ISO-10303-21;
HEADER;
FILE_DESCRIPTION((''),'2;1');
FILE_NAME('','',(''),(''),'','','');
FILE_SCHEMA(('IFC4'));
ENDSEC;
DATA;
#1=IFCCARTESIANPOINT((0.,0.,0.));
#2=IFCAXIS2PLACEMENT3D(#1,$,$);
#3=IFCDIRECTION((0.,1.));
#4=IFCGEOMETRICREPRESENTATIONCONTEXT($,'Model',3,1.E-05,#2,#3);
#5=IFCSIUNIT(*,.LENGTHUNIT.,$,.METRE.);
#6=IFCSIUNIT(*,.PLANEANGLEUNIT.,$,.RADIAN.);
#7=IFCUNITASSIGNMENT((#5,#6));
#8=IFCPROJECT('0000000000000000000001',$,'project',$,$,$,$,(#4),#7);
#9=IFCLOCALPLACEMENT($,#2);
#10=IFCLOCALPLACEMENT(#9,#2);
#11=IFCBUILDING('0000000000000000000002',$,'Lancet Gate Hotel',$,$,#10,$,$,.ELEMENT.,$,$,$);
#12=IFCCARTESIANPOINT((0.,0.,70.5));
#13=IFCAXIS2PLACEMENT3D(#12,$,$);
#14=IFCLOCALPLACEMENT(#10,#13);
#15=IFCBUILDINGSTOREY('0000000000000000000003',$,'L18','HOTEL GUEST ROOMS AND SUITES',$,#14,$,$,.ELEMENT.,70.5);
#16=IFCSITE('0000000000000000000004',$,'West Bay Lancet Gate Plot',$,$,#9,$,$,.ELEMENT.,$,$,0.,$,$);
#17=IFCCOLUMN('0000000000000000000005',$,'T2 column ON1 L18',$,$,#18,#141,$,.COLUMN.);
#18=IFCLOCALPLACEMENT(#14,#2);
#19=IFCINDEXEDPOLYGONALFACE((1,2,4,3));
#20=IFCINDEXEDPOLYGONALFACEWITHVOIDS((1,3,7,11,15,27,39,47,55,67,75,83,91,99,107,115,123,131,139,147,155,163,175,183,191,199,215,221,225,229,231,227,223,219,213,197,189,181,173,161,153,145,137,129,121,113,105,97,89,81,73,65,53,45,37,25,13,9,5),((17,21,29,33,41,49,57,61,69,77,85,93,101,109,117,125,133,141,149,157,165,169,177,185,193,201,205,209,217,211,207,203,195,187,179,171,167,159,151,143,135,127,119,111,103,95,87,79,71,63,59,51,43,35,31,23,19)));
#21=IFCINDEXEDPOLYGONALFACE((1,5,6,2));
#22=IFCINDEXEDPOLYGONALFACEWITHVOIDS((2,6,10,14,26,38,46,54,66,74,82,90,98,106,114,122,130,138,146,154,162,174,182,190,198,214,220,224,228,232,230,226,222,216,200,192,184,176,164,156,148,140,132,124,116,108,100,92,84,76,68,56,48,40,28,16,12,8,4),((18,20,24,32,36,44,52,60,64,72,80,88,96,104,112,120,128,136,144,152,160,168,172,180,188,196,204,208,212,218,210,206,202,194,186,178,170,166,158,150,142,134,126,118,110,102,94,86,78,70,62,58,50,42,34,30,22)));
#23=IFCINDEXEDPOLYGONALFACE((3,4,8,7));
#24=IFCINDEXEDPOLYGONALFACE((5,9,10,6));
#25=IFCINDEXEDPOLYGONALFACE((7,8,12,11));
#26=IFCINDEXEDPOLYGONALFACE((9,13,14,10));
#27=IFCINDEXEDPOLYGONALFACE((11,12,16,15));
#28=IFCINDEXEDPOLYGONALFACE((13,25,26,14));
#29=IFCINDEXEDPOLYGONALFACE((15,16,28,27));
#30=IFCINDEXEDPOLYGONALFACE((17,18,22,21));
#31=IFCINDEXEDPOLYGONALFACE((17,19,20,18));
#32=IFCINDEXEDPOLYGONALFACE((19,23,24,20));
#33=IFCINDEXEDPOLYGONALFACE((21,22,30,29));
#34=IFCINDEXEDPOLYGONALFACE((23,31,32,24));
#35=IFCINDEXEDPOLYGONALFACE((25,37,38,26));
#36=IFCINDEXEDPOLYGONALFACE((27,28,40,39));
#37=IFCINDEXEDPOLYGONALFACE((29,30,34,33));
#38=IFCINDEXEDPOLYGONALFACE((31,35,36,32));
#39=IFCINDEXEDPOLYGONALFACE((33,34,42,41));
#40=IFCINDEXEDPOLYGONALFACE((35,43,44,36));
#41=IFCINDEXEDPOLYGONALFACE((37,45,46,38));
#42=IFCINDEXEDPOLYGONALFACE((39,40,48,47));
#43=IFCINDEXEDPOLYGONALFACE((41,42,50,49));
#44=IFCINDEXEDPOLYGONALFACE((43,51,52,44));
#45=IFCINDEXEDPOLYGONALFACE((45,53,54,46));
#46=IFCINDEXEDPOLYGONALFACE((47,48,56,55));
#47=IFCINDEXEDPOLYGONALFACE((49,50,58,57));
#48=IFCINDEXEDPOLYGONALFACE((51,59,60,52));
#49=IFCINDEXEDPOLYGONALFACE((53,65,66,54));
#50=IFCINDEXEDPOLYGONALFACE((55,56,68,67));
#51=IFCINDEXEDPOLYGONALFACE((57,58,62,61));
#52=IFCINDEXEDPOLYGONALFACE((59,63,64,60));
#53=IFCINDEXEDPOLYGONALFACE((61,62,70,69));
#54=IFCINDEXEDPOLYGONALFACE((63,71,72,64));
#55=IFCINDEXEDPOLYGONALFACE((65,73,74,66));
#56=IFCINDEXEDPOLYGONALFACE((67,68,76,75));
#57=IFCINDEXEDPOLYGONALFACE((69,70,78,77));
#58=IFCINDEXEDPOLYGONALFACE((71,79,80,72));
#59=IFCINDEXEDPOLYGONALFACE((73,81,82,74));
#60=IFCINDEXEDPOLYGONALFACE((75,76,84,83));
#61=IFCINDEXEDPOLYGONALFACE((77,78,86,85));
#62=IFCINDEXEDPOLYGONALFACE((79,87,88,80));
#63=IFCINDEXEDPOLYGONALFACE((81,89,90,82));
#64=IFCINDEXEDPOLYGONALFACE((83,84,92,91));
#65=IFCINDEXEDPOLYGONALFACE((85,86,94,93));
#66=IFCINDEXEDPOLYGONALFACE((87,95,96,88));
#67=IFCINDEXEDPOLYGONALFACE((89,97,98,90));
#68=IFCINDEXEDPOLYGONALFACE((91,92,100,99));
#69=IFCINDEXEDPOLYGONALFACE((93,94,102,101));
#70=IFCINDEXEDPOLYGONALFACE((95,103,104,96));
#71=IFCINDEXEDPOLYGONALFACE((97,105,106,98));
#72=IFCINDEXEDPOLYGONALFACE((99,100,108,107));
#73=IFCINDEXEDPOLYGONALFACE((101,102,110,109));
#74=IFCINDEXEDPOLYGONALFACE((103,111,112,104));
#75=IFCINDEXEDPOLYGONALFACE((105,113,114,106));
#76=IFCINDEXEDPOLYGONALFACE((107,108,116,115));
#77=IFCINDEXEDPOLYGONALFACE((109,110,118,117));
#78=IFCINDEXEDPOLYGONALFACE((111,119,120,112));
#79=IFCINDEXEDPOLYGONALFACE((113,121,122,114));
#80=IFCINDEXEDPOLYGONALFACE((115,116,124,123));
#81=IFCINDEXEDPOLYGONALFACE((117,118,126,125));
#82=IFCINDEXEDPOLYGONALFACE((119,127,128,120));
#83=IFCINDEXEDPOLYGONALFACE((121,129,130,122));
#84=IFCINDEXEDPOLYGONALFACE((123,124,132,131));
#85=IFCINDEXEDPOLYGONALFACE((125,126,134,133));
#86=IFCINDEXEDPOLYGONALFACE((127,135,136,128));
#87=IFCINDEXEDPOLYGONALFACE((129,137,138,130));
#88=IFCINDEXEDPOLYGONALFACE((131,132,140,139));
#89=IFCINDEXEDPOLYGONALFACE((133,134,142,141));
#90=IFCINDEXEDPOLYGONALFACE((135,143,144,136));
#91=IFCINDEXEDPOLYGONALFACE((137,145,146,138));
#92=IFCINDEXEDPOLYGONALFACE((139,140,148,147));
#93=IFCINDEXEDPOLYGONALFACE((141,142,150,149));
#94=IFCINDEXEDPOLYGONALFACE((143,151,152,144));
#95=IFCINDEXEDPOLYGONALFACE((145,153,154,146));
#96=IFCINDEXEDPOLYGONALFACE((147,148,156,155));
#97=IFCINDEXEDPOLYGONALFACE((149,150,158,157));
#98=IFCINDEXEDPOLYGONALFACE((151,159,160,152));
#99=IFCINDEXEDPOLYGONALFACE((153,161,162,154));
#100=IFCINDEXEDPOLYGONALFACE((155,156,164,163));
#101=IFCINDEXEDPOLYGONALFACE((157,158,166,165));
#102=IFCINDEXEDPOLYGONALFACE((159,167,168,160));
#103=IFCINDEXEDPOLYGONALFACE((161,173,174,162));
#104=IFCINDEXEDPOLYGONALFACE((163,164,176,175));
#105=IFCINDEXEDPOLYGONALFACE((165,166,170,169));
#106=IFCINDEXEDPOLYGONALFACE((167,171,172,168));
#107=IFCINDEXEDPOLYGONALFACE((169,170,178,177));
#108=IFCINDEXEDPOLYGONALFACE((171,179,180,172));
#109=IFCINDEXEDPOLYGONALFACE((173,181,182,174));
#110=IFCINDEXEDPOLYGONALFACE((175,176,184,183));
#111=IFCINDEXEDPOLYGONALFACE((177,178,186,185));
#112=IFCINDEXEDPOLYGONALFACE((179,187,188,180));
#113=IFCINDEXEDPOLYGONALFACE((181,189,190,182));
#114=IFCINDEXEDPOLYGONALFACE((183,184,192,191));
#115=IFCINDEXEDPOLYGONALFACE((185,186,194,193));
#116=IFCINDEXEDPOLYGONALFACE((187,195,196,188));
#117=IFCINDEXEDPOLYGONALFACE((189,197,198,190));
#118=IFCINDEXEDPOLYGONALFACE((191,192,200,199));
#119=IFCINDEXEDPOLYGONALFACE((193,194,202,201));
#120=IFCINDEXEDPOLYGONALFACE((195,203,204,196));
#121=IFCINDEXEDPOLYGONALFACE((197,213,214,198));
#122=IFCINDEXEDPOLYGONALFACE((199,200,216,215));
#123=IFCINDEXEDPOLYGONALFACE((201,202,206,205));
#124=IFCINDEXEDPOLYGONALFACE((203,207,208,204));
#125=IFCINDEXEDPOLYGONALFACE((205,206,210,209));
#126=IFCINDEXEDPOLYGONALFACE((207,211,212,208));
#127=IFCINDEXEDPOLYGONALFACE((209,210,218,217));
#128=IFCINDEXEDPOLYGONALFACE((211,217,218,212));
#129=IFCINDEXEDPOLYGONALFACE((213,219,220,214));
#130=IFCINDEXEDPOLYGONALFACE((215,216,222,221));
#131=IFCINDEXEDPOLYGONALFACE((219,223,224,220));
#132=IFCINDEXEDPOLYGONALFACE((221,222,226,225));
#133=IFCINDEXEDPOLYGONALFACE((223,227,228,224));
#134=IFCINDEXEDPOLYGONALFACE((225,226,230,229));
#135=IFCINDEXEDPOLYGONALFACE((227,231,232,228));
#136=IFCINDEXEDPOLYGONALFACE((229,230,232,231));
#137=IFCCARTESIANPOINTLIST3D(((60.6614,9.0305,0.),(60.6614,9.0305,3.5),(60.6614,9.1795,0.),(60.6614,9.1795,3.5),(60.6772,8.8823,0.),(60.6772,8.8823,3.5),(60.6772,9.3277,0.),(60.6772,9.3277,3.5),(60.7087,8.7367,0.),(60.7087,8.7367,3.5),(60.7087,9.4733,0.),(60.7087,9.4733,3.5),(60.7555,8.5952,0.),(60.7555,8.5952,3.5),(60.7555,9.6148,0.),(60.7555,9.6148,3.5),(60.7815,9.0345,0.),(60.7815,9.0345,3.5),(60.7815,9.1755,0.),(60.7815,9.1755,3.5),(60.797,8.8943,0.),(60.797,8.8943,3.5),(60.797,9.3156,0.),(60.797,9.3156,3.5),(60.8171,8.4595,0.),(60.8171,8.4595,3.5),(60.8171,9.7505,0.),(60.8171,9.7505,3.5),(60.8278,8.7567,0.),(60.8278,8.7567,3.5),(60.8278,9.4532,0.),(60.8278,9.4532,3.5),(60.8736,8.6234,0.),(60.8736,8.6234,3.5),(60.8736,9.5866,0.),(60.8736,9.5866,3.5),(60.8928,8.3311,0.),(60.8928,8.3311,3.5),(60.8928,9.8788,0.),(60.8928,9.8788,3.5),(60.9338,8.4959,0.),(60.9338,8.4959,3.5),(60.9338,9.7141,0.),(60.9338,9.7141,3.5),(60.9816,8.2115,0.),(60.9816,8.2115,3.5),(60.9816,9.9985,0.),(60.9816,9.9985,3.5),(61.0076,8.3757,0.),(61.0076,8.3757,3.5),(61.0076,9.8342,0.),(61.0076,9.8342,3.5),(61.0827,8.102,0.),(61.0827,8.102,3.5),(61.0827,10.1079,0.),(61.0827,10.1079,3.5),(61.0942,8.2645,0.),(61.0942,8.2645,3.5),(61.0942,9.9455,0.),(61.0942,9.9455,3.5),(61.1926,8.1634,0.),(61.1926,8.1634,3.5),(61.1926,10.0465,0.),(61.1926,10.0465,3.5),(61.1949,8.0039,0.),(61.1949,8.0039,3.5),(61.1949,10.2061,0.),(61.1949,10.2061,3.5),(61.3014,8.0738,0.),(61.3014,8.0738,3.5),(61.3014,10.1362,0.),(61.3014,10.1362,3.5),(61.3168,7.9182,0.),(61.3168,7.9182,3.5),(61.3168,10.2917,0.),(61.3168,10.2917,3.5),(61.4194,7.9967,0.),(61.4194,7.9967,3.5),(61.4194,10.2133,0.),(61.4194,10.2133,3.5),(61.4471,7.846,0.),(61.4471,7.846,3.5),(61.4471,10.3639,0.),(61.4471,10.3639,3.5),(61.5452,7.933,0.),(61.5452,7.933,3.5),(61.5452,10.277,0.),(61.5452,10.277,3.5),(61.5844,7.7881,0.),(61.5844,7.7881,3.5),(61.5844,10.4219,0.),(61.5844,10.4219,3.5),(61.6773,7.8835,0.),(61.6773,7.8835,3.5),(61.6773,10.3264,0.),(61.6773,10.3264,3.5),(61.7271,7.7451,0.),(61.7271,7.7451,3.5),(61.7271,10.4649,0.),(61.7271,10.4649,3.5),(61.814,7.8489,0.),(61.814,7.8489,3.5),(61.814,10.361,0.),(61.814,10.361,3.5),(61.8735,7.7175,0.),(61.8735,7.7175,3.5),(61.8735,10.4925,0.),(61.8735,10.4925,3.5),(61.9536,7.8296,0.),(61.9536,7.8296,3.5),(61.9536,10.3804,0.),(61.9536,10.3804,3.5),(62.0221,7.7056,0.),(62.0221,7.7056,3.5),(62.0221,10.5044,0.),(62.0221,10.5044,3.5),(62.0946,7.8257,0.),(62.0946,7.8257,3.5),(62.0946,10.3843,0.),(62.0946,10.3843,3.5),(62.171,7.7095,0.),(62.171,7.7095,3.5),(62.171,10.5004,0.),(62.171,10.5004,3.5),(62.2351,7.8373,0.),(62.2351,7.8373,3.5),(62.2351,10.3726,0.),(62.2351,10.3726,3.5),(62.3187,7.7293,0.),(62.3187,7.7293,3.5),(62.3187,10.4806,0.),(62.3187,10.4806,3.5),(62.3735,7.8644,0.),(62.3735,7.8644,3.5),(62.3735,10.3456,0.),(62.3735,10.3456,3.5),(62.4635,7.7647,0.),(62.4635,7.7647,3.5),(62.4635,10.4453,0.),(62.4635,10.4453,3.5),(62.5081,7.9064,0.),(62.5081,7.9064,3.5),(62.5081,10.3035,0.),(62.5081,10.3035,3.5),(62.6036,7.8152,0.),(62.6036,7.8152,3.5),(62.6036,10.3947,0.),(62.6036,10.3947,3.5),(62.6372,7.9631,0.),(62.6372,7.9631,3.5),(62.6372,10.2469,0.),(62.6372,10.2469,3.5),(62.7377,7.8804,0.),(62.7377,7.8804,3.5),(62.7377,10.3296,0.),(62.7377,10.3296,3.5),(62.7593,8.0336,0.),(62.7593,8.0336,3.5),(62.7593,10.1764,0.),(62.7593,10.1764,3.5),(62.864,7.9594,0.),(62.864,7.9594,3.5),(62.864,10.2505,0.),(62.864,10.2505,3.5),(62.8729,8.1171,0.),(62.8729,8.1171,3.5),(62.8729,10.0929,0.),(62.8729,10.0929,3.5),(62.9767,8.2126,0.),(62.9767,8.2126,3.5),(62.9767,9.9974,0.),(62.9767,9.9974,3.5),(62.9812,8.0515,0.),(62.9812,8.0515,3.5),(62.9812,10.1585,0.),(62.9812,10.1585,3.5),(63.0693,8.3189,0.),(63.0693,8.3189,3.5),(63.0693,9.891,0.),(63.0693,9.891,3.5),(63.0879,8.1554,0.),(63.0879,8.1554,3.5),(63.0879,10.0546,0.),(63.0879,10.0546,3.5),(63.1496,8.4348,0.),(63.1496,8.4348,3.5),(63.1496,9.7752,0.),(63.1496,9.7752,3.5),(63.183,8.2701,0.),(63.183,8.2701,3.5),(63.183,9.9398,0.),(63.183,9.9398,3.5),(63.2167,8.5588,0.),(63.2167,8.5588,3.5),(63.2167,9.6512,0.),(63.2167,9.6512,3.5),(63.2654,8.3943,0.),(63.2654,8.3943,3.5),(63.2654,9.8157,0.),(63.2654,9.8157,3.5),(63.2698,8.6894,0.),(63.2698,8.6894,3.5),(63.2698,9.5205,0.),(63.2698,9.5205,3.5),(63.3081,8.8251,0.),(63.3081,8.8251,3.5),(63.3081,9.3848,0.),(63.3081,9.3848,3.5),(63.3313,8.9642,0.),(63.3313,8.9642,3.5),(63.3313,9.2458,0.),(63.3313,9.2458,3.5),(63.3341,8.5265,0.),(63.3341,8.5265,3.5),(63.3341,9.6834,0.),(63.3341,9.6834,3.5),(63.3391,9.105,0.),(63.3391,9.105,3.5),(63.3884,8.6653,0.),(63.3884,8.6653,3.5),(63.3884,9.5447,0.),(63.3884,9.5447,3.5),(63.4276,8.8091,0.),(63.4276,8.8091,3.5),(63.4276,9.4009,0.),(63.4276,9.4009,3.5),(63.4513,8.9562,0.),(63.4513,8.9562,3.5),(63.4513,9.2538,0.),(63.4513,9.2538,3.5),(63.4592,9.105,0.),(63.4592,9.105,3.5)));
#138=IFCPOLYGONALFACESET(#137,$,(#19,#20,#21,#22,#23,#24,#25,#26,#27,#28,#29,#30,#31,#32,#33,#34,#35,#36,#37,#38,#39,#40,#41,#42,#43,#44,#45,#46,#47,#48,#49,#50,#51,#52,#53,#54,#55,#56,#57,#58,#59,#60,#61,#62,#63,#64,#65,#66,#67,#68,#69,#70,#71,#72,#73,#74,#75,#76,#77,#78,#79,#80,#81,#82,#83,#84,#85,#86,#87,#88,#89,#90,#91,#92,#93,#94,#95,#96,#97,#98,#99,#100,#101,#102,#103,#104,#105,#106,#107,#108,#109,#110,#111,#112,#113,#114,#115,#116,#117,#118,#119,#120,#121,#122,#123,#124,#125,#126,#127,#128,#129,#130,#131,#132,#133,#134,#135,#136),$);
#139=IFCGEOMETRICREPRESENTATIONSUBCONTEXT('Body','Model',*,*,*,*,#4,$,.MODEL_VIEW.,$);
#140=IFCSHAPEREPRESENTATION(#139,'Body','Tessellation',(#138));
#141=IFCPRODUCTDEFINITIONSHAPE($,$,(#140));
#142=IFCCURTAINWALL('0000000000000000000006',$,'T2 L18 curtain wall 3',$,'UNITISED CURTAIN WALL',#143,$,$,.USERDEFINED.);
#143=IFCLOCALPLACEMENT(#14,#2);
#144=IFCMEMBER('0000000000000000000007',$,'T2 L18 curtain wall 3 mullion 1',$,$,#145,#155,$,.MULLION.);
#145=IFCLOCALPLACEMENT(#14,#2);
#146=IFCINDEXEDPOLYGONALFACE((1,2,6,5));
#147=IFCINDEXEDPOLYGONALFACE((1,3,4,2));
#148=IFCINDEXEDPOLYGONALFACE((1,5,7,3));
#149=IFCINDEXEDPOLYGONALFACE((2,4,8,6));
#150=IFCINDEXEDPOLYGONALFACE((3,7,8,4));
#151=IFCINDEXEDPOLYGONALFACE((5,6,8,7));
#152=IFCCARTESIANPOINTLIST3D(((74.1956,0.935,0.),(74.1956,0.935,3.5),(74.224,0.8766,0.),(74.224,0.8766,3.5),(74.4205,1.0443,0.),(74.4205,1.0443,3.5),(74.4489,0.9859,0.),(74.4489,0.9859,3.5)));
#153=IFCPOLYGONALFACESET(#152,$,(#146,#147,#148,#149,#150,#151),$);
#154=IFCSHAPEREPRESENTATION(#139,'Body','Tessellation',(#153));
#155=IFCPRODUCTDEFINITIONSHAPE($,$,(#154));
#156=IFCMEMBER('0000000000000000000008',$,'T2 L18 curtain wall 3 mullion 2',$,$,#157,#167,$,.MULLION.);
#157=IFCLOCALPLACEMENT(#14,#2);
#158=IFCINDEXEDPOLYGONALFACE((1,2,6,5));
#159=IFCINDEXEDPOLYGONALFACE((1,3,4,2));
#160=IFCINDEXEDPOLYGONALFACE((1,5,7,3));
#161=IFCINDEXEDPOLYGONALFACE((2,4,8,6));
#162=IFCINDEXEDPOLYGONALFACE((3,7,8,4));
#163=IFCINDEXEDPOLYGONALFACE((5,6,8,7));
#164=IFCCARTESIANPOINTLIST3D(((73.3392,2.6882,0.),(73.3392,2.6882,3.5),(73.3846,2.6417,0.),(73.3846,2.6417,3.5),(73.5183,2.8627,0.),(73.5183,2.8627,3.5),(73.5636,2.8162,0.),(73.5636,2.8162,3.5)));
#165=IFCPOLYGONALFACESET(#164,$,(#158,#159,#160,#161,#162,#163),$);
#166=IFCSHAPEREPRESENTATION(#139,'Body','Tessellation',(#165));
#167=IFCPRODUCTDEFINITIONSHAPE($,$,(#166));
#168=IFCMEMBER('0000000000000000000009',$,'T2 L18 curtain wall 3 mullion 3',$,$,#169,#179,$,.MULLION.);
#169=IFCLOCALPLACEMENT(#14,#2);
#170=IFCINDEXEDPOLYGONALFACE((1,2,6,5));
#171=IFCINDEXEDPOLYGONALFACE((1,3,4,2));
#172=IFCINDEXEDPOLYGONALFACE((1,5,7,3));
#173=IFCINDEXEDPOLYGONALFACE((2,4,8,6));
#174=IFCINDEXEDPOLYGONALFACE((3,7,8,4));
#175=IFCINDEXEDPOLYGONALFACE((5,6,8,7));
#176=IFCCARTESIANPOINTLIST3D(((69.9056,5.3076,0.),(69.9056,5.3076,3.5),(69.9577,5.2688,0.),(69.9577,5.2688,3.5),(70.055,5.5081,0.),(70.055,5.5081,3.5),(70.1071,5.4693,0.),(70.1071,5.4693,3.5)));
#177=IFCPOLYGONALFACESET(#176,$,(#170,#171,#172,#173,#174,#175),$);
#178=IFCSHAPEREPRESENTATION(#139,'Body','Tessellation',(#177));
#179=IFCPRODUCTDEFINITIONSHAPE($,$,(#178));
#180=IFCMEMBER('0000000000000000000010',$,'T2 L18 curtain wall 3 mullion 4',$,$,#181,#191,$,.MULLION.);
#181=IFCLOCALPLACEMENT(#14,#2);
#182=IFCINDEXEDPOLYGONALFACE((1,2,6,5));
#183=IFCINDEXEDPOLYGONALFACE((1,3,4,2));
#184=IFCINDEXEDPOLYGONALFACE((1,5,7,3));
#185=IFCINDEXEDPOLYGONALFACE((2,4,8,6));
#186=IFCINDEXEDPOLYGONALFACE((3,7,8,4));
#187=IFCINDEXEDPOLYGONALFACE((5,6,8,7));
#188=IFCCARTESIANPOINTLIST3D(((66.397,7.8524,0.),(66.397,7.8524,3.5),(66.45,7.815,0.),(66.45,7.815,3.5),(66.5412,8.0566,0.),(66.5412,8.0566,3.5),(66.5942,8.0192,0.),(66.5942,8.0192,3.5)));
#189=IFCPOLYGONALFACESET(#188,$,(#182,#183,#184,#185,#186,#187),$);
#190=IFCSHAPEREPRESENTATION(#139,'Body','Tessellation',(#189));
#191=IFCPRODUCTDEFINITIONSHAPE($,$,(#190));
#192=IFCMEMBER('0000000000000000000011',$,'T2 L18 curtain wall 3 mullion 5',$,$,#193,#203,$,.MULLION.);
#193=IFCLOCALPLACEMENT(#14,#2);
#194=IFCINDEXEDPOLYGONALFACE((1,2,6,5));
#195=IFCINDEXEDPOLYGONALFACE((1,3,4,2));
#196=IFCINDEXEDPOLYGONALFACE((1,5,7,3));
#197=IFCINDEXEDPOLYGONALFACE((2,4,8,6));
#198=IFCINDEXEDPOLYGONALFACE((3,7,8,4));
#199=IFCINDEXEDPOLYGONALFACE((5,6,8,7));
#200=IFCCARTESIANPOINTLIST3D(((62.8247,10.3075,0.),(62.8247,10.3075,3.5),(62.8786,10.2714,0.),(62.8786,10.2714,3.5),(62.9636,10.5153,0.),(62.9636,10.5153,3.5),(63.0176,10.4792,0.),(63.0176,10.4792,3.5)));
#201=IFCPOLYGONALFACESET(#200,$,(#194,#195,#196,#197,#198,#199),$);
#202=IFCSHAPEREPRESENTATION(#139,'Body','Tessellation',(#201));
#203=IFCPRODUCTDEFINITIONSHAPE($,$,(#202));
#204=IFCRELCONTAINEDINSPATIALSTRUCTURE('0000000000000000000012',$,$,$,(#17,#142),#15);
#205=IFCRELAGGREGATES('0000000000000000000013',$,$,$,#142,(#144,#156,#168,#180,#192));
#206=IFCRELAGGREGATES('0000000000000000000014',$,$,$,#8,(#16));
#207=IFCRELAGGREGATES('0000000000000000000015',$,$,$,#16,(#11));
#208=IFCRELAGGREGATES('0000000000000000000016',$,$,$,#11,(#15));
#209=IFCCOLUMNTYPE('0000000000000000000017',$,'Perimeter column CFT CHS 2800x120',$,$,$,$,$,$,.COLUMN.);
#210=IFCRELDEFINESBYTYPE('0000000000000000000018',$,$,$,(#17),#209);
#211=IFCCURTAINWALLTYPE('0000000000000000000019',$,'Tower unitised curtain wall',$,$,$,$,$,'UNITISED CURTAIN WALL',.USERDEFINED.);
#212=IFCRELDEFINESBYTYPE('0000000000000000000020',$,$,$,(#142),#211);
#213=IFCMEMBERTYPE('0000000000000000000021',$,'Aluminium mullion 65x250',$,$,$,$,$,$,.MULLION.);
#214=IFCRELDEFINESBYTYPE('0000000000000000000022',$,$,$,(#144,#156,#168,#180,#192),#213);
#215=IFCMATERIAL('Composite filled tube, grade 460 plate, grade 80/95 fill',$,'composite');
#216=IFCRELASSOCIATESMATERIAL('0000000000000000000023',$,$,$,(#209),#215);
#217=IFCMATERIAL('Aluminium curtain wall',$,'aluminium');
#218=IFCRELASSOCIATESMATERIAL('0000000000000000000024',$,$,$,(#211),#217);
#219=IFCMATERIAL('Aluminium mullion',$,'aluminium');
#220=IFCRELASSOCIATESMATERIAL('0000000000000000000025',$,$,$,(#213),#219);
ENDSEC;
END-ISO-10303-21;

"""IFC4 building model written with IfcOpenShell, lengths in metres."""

from ifc_helpers import new_model, si_unit, direction, frame, origin, origin_2d, place, context, subcontext, project, spatial, rectangle, hollow_circle, extrude, material, material_profile, profile_set, type_object, element, aggregate, save


model = new_model("IFC4")

# Units and contexts
model_context = context("Model", 3, precision=1e-05, world=origin(), true_north=direction((0.0, 1.0)))
body_context = subcontext(model_context, "Body", "Model", "MODEL_VIEW")
ifc_project = project(units=[si_unit("LENGTHUNIT", "METRE"), si_unit("PLANEANGLEUNIT", "RADIAN")], contexts=[model_context])

# Site, building, storey
site_placement = place(None, origin())
site = spatial("IfcSite", under=ifc_project, at=site_placement, Name="West Bay Lancet Gate Plot", CompositionType="ELEMENT", RefElevation=0.0)
building_placement = place(site_placement, origin())
building = spatial("IfcBuilding", under=site, at=building_placement, Name="Lancet Gate Hotel", CompositionType="ELEMENT")
storey_placement = place(building_placement, frame((0.0, 0.0, 70.5)))
storey = spatial("IfcBuildingStorey", under=building, at=storey_placement, Name="L18", Description="HOTEL GUEST ROOMS AND SUITES", CompositionType="ELEMENT", Elevation=70.5)

# Column
ifc_material_1 = material(Name="Composite filled tube, grade 460 plate, grade 80/95 fill", Category="composite")
ifc_material_profile_1 = material_profile(ifc_material_1, hollow_circle(Radius=1.3999, WallThickness=0.1201, at=origin_2d()), Name="CHS 2800x120")
ifc_profile_set_1 = profile_set([ifc_material_profile_1], Name="Composite filled tube, grade 460 plate, grade 80/95 fill")
column_type = type_object("IfcColumnType", Name="Perimeter column CFT CHS 2800x120", PredefinedType="COLUMN", material=ifc_profile_set_1)
column_placement = place(storey_placement, frame((62.0593, 9.105, 0.0), z_axis=(0.0, 0.0, 1.0), x_axis=(1.0, 0.0, 0.0)))
element("IfcColumn", 1, at=column_placement, inside=storey, type_object=column_type, Name="T2 column ON1 L18", PredefinedType="COLUMN", context=body_context, shape_type="SweptSolid", body=[
    extrude(hollow_circle(Radius=1.3999, WallThickness=0.1201, at=origin_2d()), origin(), (0.0, 0.0, 1.0), 3.5),
])

# Curtain wall, members
ifc_material_2 = material(Name="Aluminium curtain wall", Category="aluminium")
curtain_wall_type = type_object("IfcCurtainWallType", Name="Tower unitised curtain wall", ElementType="UNITISED CURTAIN WALL", PredefinedType="USERDEFINED", material=ifc_material_2)
curtain_wall_placement = place(storey_placement, origin())
curtain_wall = element("IfcCurtainWall", 2, at=curtain_wall_placement, inside=storey, type_object=curtain_wall_type, Name="T2 L18 curtain wall 3", ObjectType="UNITISED CURTAIN WALL", PredefinedType="USERDEFINED")
ifc_material_3 = material(Name="Aluminium mullion", Category="aluminium")
ifc_material_profile_2 = material_profile(ifc_material_3, rectangle(XDim=0.0649, YDim=0.25, at=origin_2d()), Name="MULLION 65x250")
ifc_profile_set_2 = profile_set([ifc_material_profile_2], Name="Aluminium mullion")
member_type_1 = type_object("IfcMemberType", Name="Aluminium mullion 65x250", PredefinedType="MULLION", material=ifc_profile_set_2)
member_1_placement = place(storey_placement, frame((74.3223, 0.9604, 0.0), z_axis=(0.0, 0.0, 1.0), x_axis=(-0.437169, 0.899379, 0.0)))
member_1 = element("IfcMember", 3, at=member_1_placement, type_object=member_type_1, Name="T2 L18 curtain wall 3 mullion 1", PredefinedType="MULLION", context=body_context, shape_type="SweptSolid", body=[
    extrude(rectangle(XDim=0.0649, YDim=0.25, at=origin_2d()), origin(), (0.0, 0.0, 1.0), 3.5),
])
member_2_placement = place(storey_placement, frame((73.4514, 2.7522, 0.0), z_axis=(0.0, 0.0, 1.0), x_axis=(-0.697983, 0.716114, 0.0)))
member_2 = element("IfcMember", 4, at=member_2_placement, type_object=member_type_1, Name="T2 L18 curtain wall 3 mullion 2", PredefinedType="MULLION", context=body_context, shape_type="SweptSolid", body=[
    extrude(rectangle(XDim=0.0649, YDim=0.25, at=origin_2d()), origin(), (0.0, 0.0, 1.0), 3.5),
])
member_3_placement = place(storey_placement, frame((70.0063, 5.3884, 0.0), z_axis=(0.0, 0.0, 1.0), x_axis=(-0.80183, 0.597552, 0.0)))
member_3 = element("IfcMember", 5, at=member_3_placement, type_object=member_type_1, Name="T2 L18 curtain wall 3 mullion 3", PredefinedType="MULLION", context=body_context, shape_type="SweptSolid", body=[
    extrude(rectangle(XDim=0.0649, YDim=0.25, at=origin_2d()), origin(), (0.0, 0.0, 1.0), 3.5),
])
member_4_placement = place(storey_placement, frame((66.4956, 7.9358, 0.0), z_axis=(0.0, 0.0, 1.0), x_axis=(-0.816779, 0.576951, 0.0)))
member_4 = element("IfcMember", 6, at=member_4_placement, type_object=member_type_1, Name="T2 L18 curtain wall 3 mullion 4", PredefinedType="MULLION", context=body_context, shape_type="SweptSolid", body=[
    extrude(rectangle(XDim=0.0649, YDim=0.25, at=origin_2d()), origin(), (0.0, 0.0, 1.0), 3.5),
])
member_5_placement = place(storey_placement, frame((62.9211, 10.3933, 0.0), z_axis=(0.0, 0.0, 1.0), x_axis=(-0.831198, 0.555976, 0.0)))
member_5 = element("IfcMember", 7, at=member_5_placement, type_object=member_type_1, Name="T2 L18 curtain wall 3 mullion 5", PredefinedType="MULLION", context=body_context, shape_type="SweptSolid", body=[
    extrude(rectangle(XDim=0.0649, YDim=0.25, at=origin_2d()), origin(), (0.0, 0.0, 1.0), 3.5),
])

aggregate(curtain_wall, [member_1, member_2, member_3, member_4, member_5])

save(model, "model.ifc")
